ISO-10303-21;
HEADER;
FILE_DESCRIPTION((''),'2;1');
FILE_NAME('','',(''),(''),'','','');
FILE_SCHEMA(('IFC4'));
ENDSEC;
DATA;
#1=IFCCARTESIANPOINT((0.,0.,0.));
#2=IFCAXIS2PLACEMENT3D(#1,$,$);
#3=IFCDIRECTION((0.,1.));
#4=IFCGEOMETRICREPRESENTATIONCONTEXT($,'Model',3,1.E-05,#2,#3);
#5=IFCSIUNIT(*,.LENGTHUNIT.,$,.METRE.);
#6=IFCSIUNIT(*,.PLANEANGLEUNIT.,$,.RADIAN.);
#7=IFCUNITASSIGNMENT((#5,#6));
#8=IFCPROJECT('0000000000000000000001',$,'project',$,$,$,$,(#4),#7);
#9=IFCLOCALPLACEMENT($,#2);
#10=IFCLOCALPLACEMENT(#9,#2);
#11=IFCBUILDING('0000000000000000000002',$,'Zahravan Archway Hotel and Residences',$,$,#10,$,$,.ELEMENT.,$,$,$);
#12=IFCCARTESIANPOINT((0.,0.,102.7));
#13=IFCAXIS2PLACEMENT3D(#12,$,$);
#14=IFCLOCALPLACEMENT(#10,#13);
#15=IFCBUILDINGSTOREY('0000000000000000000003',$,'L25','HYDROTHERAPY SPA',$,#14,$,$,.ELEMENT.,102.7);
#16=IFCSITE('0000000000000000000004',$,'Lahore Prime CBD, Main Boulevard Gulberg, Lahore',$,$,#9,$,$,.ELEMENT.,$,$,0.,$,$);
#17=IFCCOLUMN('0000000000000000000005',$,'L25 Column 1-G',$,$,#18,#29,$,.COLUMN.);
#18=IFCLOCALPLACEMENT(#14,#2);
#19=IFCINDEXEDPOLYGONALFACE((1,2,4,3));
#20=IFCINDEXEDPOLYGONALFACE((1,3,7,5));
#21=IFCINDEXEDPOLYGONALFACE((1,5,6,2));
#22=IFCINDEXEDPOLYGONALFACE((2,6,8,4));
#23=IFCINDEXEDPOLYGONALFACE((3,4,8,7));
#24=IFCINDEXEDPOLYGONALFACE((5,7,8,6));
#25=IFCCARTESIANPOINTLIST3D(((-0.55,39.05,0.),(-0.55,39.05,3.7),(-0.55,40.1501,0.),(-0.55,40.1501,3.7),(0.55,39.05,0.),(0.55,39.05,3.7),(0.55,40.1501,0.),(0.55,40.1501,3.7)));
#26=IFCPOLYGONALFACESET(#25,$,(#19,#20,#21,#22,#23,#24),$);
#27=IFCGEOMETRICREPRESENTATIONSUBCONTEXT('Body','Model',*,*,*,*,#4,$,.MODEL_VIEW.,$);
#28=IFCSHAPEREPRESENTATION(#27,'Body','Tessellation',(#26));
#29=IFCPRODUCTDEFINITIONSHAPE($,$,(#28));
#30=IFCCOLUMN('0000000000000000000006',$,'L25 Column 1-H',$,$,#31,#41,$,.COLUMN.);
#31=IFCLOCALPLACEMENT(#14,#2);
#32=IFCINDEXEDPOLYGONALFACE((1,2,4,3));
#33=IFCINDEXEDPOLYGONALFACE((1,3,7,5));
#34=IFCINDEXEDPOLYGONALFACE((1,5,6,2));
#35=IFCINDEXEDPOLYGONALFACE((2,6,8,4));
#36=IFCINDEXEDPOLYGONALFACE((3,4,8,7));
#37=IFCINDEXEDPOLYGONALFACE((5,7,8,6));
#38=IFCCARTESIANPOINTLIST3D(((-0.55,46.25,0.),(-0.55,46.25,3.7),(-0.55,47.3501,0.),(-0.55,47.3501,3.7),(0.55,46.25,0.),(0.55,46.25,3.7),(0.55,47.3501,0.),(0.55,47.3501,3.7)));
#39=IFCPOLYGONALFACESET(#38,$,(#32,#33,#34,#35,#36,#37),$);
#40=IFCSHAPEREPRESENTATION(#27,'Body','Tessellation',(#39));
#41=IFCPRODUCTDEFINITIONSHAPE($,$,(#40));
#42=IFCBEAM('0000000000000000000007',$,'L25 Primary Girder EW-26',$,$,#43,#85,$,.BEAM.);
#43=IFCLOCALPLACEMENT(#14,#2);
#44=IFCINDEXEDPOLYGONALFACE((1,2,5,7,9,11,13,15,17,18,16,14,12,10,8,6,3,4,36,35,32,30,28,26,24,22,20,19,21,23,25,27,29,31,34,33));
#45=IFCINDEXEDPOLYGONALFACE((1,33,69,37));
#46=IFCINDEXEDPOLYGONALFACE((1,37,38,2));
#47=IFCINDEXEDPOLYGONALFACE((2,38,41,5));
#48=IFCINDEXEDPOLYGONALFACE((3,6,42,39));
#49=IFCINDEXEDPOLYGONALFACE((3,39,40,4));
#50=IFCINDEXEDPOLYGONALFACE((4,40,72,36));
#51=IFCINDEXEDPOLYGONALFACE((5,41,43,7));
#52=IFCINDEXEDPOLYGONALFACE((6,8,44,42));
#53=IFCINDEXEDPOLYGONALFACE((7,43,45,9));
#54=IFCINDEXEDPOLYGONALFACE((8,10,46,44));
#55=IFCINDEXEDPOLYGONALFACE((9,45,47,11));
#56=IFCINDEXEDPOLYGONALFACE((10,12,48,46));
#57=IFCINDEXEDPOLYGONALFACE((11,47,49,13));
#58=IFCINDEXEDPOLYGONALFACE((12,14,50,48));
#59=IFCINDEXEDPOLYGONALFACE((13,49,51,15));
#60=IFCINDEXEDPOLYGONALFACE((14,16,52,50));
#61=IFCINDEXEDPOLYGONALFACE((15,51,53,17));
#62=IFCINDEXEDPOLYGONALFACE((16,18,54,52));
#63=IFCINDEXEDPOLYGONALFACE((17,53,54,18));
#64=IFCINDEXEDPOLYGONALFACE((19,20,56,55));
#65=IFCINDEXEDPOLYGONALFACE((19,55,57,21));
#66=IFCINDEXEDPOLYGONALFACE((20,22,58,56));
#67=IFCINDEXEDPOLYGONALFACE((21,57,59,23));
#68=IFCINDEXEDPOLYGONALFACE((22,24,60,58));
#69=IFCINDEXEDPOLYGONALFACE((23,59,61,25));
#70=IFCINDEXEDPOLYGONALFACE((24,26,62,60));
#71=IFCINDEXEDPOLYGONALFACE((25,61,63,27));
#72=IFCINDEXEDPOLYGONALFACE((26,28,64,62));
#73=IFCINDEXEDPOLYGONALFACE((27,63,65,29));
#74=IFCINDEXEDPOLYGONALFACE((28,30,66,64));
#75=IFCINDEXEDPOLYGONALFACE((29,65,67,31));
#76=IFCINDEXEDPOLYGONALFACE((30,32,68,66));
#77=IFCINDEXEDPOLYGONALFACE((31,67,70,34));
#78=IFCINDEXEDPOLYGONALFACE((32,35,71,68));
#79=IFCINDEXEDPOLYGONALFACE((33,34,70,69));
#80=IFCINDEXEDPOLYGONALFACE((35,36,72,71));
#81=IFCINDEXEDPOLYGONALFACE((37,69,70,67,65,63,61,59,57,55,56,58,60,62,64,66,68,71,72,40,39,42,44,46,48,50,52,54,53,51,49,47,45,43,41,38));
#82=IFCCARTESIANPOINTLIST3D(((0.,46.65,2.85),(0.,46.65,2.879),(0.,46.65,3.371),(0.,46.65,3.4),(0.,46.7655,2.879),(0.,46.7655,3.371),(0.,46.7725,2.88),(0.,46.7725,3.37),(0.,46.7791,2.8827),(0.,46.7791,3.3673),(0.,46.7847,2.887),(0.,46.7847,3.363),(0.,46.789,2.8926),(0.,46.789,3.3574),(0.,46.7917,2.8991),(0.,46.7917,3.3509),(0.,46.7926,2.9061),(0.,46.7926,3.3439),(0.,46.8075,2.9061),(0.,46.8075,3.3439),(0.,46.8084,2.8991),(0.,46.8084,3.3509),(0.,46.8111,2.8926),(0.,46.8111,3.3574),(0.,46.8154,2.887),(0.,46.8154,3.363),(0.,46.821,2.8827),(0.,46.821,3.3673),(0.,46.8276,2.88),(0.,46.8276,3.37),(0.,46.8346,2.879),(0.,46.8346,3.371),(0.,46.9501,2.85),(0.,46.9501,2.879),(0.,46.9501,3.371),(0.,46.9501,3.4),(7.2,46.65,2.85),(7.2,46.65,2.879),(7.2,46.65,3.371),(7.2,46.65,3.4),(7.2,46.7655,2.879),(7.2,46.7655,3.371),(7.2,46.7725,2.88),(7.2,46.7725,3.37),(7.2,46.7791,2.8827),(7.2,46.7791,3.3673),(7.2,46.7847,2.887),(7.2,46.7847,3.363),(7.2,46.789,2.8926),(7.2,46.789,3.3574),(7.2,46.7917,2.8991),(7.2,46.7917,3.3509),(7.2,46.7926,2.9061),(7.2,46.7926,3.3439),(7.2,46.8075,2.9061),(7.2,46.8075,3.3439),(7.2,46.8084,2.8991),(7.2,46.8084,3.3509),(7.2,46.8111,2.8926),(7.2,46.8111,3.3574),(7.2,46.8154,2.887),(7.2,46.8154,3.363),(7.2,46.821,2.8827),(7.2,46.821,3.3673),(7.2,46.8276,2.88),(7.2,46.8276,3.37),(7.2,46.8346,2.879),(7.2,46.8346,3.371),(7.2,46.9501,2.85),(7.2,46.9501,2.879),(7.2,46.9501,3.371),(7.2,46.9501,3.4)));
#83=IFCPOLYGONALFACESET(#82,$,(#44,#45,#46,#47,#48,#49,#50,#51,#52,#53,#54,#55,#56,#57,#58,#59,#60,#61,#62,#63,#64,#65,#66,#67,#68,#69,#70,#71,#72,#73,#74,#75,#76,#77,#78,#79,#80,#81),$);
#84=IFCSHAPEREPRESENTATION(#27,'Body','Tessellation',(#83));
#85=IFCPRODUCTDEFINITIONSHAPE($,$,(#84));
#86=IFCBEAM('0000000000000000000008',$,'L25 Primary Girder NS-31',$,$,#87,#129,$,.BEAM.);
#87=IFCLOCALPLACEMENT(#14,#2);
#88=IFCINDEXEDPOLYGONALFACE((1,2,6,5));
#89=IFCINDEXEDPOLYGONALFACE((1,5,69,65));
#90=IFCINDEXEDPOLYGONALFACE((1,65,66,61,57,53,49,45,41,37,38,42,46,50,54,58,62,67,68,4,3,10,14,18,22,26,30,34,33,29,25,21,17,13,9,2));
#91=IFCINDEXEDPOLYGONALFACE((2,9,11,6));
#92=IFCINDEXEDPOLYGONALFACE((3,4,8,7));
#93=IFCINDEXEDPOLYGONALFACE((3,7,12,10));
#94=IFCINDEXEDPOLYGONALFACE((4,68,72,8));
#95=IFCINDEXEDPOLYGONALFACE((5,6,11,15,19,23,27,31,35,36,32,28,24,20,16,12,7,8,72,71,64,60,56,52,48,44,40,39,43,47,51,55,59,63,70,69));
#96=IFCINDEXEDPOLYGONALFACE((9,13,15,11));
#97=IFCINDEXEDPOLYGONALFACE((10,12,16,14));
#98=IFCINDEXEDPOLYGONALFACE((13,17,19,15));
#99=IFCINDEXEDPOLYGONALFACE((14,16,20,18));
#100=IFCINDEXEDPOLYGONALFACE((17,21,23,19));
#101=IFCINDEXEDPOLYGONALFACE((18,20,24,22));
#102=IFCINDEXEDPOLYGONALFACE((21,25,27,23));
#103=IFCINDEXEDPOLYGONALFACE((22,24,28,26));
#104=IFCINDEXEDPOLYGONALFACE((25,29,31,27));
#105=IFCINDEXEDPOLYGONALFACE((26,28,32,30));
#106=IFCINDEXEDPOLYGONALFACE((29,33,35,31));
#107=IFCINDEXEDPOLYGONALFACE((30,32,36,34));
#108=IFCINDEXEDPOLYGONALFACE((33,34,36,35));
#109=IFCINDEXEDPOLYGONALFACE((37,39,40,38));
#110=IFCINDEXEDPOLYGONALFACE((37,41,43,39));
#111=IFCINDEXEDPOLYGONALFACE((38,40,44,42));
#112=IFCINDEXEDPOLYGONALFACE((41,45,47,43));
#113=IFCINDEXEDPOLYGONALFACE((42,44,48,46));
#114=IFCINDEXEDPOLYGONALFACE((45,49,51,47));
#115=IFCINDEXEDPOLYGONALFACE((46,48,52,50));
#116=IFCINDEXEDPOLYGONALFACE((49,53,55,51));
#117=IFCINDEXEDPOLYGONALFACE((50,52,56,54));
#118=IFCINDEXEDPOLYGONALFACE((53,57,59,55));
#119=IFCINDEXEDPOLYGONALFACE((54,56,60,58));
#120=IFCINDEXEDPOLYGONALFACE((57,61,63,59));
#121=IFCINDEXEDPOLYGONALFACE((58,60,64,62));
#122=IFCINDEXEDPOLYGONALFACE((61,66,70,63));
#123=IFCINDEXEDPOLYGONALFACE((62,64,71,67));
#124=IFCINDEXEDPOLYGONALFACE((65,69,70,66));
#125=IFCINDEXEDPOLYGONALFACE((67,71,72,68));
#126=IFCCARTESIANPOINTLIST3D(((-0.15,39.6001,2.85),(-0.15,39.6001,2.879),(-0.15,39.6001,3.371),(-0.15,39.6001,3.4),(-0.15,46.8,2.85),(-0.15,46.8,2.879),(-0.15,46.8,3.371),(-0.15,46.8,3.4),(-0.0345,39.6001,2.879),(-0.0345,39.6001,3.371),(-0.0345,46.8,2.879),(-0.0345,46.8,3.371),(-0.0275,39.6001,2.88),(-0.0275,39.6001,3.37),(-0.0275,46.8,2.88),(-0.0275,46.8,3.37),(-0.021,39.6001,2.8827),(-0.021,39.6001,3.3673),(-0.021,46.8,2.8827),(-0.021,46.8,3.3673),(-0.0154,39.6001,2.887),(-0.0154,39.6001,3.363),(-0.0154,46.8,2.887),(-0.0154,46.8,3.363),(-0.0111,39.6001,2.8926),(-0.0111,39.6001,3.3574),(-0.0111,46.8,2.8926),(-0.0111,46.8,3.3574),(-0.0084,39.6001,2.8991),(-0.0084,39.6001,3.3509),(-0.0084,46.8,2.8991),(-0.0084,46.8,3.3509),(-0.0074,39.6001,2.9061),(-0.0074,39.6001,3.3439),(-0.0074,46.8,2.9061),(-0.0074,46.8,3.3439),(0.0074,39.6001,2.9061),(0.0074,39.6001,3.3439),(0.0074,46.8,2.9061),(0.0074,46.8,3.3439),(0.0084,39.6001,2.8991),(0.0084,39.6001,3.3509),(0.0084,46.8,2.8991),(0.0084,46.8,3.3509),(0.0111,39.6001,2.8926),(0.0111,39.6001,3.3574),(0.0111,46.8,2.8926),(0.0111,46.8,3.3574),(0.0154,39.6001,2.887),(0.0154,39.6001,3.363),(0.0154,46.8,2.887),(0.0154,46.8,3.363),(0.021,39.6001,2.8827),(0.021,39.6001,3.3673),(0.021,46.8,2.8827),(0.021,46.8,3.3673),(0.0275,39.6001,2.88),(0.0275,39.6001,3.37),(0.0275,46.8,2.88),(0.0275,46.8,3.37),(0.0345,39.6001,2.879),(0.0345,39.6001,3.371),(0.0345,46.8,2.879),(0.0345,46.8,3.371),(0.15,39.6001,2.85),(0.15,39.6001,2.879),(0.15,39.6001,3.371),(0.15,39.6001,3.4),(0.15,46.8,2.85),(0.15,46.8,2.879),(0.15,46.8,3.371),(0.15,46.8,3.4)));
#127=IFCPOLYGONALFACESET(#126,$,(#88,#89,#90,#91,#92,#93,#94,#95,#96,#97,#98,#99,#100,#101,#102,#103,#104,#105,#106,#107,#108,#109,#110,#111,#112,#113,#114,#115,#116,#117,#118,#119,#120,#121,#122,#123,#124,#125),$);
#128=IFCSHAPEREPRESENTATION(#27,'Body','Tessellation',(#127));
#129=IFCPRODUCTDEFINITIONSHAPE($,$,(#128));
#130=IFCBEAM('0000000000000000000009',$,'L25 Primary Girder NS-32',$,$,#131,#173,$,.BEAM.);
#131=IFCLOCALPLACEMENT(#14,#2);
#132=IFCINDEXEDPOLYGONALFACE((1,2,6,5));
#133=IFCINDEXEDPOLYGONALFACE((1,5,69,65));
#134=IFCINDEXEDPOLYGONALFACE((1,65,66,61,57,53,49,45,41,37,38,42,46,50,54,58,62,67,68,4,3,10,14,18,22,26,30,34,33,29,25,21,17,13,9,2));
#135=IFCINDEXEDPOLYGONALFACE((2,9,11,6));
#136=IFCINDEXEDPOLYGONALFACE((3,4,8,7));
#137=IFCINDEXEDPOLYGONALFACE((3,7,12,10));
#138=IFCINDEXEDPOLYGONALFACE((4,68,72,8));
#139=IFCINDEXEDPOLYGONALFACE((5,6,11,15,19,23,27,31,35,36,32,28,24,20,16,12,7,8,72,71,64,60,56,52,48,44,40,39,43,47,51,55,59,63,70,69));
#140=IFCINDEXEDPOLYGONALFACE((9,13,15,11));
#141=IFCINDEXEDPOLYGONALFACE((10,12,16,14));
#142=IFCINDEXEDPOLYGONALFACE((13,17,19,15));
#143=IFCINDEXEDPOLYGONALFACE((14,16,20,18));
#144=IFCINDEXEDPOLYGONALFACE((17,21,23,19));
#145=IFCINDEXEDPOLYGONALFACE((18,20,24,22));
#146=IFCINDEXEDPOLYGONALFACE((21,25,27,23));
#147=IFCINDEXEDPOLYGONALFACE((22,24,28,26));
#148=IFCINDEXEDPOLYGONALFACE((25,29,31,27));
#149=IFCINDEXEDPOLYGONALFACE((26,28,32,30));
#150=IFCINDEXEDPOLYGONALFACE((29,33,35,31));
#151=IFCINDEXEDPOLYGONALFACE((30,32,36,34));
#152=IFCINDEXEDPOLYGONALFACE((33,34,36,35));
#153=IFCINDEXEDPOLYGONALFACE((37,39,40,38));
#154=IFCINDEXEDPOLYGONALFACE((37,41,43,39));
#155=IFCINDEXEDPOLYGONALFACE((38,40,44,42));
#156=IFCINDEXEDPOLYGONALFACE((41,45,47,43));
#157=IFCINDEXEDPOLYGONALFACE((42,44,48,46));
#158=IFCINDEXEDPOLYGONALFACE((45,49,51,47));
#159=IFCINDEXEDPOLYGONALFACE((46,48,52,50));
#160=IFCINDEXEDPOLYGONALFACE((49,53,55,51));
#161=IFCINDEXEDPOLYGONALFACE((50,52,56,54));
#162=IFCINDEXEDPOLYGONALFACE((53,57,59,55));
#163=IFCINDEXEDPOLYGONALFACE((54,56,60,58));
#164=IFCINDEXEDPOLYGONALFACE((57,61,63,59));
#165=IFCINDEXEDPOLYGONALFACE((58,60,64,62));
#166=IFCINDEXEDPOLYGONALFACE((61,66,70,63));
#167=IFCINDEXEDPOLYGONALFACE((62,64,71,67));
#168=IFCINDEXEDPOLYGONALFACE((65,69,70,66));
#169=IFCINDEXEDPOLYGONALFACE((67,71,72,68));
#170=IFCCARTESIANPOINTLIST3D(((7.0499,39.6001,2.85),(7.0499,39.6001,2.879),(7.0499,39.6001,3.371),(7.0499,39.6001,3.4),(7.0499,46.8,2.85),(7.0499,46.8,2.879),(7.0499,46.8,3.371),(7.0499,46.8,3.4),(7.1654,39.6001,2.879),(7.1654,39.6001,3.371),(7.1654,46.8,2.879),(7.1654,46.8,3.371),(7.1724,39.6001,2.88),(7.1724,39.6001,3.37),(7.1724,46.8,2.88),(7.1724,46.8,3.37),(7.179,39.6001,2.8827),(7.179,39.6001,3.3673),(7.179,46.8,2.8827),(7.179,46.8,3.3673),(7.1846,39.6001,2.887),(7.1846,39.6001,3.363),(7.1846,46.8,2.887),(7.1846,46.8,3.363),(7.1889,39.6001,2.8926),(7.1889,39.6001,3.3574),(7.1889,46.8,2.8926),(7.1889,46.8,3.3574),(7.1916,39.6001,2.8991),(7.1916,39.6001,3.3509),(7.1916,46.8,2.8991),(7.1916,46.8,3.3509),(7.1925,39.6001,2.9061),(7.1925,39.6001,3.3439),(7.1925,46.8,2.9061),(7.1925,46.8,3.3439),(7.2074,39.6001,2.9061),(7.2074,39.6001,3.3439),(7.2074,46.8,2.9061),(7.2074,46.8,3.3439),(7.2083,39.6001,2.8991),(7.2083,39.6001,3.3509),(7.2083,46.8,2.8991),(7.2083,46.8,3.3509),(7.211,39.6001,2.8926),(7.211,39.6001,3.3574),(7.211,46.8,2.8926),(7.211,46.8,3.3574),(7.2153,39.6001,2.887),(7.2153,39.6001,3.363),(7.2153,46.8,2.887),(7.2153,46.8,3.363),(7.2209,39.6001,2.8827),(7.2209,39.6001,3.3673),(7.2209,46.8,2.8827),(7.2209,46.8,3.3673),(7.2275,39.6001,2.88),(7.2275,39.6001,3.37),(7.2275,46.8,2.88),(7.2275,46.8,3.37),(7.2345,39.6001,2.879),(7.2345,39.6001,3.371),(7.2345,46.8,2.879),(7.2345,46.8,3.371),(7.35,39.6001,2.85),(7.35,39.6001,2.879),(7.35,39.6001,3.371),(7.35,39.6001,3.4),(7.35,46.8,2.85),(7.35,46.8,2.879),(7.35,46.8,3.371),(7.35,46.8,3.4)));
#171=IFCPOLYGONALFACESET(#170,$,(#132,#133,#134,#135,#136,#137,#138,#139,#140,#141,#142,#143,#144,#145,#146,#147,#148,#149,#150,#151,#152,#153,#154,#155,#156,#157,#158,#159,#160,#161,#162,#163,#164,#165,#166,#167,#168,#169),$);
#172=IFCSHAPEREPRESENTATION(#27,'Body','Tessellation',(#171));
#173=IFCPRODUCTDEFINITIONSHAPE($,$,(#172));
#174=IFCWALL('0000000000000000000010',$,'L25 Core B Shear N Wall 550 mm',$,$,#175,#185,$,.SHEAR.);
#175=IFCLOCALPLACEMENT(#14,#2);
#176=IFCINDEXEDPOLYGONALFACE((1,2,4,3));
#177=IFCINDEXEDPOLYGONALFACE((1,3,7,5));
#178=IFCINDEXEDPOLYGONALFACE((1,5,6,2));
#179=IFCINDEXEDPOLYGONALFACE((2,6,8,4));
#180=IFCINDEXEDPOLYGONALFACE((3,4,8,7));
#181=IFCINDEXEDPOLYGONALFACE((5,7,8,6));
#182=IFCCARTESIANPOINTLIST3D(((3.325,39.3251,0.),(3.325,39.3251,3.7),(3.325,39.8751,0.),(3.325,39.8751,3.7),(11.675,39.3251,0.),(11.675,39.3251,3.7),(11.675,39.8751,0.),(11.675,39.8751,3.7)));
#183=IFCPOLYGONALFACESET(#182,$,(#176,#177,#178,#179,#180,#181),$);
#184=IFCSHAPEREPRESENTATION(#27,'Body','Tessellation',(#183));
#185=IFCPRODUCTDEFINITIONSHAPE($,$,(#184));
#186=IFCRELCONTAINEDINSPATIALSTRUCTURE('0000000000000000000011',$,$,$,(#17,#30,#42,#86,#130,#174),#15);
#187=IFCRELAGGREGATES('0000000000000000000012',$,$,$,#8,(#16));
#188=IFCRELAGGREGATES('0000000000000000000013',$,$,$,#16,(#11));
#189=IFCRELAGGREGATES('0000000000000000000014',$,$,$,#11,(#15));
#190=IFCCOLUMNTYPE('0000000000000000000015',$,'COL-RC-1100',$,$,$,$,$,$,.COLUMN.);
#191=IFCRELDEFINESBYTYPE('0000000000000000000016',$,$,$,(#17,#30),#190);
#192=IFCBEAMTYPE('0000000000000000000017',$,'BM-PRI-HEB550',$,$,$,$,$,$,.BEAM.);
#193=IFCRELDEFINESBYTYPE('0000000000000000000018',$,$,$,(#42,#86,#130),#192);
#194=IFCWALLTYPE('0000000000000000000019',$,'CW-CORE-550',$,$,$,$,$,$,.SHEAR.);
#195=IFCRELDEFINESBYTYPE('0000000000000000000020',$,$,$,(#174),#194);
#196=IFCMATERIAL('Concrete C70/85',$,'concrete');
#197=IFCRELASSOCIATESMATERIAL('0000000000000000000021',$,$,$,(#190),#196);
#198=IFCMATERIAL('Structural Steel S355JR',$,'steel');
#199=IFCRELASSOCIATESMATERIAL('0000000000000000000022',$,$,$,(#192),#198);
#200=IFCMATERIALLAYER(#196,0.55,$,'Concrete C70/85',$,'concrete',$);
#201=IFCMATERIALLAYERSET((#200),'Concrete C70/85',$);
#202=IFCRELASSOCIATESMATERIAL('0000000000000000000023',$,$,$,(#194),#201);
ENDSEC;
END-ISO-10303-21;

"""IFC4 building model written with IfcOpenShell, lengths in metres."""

from ifc_helpers import new_model, si_unit, direction, frame, frame_2d, origin, origin_2d, place, context, subcontext, project, spatial, rectangle, i_section, extrude, source, transform, mapped, material, layer, layer_set, material_profile, profile_set, type_object, element, save


model = new_model("IFC4")

# Units and contexts
model_context = context("Model", 3, precision=1e-05, world=origin(), true_north=direction((0.0, 1.0)))
body_context = subcontext(model_context, "Body", "Model", "MODEL_VIEW")
ifc_project = project(units=[si_unit("LENGTHUNIT", "METRE"), si_unit("PLANEANGLEUNIT", "RADIAN")], contexts=[model_context])

# Site, building, storey
site_placement = place(None, origin())
site = spatial("IfcSite", under=ifc_project, at=site_placement, Name="Lahore Prime CBD, Main Boulevard Gulberg, Lahore", CompositionType="ELEMENT", RefElevation=0.0)
building_placement = place(site_placement, origin())
building = spatial("IfcBuilding", under=site, at=building_placement, Name="Zahravan Archway Hotel and Residences", CompositionType="ELEMENT")
storey_placement = place(building_placement, frame((0.0, 0.0, 102.7)))
storey = spatial("IfcBuildingStorey", under=building, at=storey_placement, Name="L25", Description="HYDROTHERAPY SPA", CompositionType="ELEMENT", Elevation=102.7)

# Columns
ifc_material_1 = material(Name="Concrete C70/85", Category="concrete")
ifc_material_profile_1 = material_profile(ifc_material_1, rectangle(XDim=1.1001, YDim=1.1001, at=origin_2d()), Name="RC 1100x1100", Category="concrete")
ifc_profile_set_1 = profile_set([ifc_material_profile_1], Name="Concrete C70/85")
column_type = type_object("IfcColumnType", Name="COL-RC-1100", PredefinedType="COLUMN", material=ifc_profile_set_1)
shared_shape_1 = source(origin(), body_context, "Body", "SweptSolid", [
    extrude(rectangle(XDim=1.1001, YDim=1.1001, at=origin_2d()), origin(), (0.0, 0.0, 1.0), 3.7),
])
for number, where, z_axis, x_axis, name in (
    (1, (0.0, 39.6001, 0.0), (0.0, 0.0, 1.0), (1.0, 0.0, 0.0), "L25 Column 1-G"),
    (2, (0.0, 46.8, 0.0), (0.0, 0.0, 1.0), (1.0, 0.0, 0.0), "L25 Column 1-H"),
):
    element("IfcColumn", number, at=place(storey_placement, frame(where, z_axis=z_axis, x_axis=x_axis)), inside=storey, type_object=column_type, Name=name, PredefinedType="COLUMN", context=body_context, shape_type="MappedRepresentation", body=[
        mapped(shared_shape_1, transform((0.0, 0.0, 0.0), scale=1.0)),
    ])

# Beams
ifc_material_2 = material(Name="Structural Steel S355JR", Category="steel")
ifc_material_profile_2 = material_profile(ifc_material_2, i_section(OverallWidth=0.3, OverallDepth=0.55, WebThickness=0.0149, FlangeThickness=0.0291, FilletRadius=0.0271, at=origin_2d()), Name="HEB 550", Category="steel")
ifc_profile_set_2 = profile_set([ifc_material_profile_2], Name="Structural Steel S355JR")
beam_type = type_object("IfcBeamType", Name="BM-PRI-HEB550", PredefinedType="BEAM", material=ifc_profile_set_2)
shared_shape_2 = source(origin(), body_context, "Body", "SweptSolid", [
    extrude(i_section(OverallWidth=0.3, OverallDepth=0.55, WebThickness=0.0149, FlangeThickness=0.0291, FilletRadius=0.0271, at=origin_2d()), origin(), (0.0, 0.0, 1.0), 7.2),
])
for number, where, z_axis, x_axis, name in (
    (3, (0.0, 46.8, 3.125), (1.0, 0.0, 0.0), (0.0, 1.0, 0.0), "L25 Primary Girder EW-26"),
    (4, (0.0, 39.6001, 3.125), (0.0, 1.0, 0.0), (-1.0, 0.0, 0.0), "L25 Primary Girder NS-31"),
    (5, (7.2, 39.6001, 3.125), (0.0, 1.0, 0.0), (-1.0, 0.0, 0.0), "L25 Primary Girder NS-32"),
):
    element("IfcBeam", number, at=place(storey_placement, frame(where, z_axis=z_axis, x_axis=x_axis)), inside=storey, type_object=beam_type, Name=name, PredefinedType="BEAM", context=body_context, shape_type="MappedRepresentation", body=[
        mapped(shared_shape_2, transform((0.0, 0.0, 0.0), scale=1.0)),
    ])

# Wall
ifc_layer_1 = layer(ifc_material_1, 0.55, Name="Concrete C70/85", Category="concrete")
ifc_layer_set_1 = layer_set([ifc_layer_1], Name="Concrete C70/85")
wall_type_1 = type_object("IfcWallType", Name="CW-CORE-550", PredefinedType="SHEAR", material=ifc_layer_set_1)
wall_1_placement = place(storey_placement, frame((3.325, 39.6001, 0.0), z_axis=(0.0, 0.0, 1.0), x_axis=(1.0, 0.0, 0.0)))
element("IfcWall", 6, at=wall_1_placement, inside=storey, type_object=wall_type_1, Name="L25 Core B Shear N Wall 550 mm", PredefinedType="SHEAR", context=body_context, shape_type="SweptSolid", body=[
    extrude(rectangle(XDim=8.3501, YDim=0.55, at=frame_2d((4.175, 0.0))), origin(), (0.0, 0.0, 1.0), 3.7),
])

save(model, "model.ifc")
